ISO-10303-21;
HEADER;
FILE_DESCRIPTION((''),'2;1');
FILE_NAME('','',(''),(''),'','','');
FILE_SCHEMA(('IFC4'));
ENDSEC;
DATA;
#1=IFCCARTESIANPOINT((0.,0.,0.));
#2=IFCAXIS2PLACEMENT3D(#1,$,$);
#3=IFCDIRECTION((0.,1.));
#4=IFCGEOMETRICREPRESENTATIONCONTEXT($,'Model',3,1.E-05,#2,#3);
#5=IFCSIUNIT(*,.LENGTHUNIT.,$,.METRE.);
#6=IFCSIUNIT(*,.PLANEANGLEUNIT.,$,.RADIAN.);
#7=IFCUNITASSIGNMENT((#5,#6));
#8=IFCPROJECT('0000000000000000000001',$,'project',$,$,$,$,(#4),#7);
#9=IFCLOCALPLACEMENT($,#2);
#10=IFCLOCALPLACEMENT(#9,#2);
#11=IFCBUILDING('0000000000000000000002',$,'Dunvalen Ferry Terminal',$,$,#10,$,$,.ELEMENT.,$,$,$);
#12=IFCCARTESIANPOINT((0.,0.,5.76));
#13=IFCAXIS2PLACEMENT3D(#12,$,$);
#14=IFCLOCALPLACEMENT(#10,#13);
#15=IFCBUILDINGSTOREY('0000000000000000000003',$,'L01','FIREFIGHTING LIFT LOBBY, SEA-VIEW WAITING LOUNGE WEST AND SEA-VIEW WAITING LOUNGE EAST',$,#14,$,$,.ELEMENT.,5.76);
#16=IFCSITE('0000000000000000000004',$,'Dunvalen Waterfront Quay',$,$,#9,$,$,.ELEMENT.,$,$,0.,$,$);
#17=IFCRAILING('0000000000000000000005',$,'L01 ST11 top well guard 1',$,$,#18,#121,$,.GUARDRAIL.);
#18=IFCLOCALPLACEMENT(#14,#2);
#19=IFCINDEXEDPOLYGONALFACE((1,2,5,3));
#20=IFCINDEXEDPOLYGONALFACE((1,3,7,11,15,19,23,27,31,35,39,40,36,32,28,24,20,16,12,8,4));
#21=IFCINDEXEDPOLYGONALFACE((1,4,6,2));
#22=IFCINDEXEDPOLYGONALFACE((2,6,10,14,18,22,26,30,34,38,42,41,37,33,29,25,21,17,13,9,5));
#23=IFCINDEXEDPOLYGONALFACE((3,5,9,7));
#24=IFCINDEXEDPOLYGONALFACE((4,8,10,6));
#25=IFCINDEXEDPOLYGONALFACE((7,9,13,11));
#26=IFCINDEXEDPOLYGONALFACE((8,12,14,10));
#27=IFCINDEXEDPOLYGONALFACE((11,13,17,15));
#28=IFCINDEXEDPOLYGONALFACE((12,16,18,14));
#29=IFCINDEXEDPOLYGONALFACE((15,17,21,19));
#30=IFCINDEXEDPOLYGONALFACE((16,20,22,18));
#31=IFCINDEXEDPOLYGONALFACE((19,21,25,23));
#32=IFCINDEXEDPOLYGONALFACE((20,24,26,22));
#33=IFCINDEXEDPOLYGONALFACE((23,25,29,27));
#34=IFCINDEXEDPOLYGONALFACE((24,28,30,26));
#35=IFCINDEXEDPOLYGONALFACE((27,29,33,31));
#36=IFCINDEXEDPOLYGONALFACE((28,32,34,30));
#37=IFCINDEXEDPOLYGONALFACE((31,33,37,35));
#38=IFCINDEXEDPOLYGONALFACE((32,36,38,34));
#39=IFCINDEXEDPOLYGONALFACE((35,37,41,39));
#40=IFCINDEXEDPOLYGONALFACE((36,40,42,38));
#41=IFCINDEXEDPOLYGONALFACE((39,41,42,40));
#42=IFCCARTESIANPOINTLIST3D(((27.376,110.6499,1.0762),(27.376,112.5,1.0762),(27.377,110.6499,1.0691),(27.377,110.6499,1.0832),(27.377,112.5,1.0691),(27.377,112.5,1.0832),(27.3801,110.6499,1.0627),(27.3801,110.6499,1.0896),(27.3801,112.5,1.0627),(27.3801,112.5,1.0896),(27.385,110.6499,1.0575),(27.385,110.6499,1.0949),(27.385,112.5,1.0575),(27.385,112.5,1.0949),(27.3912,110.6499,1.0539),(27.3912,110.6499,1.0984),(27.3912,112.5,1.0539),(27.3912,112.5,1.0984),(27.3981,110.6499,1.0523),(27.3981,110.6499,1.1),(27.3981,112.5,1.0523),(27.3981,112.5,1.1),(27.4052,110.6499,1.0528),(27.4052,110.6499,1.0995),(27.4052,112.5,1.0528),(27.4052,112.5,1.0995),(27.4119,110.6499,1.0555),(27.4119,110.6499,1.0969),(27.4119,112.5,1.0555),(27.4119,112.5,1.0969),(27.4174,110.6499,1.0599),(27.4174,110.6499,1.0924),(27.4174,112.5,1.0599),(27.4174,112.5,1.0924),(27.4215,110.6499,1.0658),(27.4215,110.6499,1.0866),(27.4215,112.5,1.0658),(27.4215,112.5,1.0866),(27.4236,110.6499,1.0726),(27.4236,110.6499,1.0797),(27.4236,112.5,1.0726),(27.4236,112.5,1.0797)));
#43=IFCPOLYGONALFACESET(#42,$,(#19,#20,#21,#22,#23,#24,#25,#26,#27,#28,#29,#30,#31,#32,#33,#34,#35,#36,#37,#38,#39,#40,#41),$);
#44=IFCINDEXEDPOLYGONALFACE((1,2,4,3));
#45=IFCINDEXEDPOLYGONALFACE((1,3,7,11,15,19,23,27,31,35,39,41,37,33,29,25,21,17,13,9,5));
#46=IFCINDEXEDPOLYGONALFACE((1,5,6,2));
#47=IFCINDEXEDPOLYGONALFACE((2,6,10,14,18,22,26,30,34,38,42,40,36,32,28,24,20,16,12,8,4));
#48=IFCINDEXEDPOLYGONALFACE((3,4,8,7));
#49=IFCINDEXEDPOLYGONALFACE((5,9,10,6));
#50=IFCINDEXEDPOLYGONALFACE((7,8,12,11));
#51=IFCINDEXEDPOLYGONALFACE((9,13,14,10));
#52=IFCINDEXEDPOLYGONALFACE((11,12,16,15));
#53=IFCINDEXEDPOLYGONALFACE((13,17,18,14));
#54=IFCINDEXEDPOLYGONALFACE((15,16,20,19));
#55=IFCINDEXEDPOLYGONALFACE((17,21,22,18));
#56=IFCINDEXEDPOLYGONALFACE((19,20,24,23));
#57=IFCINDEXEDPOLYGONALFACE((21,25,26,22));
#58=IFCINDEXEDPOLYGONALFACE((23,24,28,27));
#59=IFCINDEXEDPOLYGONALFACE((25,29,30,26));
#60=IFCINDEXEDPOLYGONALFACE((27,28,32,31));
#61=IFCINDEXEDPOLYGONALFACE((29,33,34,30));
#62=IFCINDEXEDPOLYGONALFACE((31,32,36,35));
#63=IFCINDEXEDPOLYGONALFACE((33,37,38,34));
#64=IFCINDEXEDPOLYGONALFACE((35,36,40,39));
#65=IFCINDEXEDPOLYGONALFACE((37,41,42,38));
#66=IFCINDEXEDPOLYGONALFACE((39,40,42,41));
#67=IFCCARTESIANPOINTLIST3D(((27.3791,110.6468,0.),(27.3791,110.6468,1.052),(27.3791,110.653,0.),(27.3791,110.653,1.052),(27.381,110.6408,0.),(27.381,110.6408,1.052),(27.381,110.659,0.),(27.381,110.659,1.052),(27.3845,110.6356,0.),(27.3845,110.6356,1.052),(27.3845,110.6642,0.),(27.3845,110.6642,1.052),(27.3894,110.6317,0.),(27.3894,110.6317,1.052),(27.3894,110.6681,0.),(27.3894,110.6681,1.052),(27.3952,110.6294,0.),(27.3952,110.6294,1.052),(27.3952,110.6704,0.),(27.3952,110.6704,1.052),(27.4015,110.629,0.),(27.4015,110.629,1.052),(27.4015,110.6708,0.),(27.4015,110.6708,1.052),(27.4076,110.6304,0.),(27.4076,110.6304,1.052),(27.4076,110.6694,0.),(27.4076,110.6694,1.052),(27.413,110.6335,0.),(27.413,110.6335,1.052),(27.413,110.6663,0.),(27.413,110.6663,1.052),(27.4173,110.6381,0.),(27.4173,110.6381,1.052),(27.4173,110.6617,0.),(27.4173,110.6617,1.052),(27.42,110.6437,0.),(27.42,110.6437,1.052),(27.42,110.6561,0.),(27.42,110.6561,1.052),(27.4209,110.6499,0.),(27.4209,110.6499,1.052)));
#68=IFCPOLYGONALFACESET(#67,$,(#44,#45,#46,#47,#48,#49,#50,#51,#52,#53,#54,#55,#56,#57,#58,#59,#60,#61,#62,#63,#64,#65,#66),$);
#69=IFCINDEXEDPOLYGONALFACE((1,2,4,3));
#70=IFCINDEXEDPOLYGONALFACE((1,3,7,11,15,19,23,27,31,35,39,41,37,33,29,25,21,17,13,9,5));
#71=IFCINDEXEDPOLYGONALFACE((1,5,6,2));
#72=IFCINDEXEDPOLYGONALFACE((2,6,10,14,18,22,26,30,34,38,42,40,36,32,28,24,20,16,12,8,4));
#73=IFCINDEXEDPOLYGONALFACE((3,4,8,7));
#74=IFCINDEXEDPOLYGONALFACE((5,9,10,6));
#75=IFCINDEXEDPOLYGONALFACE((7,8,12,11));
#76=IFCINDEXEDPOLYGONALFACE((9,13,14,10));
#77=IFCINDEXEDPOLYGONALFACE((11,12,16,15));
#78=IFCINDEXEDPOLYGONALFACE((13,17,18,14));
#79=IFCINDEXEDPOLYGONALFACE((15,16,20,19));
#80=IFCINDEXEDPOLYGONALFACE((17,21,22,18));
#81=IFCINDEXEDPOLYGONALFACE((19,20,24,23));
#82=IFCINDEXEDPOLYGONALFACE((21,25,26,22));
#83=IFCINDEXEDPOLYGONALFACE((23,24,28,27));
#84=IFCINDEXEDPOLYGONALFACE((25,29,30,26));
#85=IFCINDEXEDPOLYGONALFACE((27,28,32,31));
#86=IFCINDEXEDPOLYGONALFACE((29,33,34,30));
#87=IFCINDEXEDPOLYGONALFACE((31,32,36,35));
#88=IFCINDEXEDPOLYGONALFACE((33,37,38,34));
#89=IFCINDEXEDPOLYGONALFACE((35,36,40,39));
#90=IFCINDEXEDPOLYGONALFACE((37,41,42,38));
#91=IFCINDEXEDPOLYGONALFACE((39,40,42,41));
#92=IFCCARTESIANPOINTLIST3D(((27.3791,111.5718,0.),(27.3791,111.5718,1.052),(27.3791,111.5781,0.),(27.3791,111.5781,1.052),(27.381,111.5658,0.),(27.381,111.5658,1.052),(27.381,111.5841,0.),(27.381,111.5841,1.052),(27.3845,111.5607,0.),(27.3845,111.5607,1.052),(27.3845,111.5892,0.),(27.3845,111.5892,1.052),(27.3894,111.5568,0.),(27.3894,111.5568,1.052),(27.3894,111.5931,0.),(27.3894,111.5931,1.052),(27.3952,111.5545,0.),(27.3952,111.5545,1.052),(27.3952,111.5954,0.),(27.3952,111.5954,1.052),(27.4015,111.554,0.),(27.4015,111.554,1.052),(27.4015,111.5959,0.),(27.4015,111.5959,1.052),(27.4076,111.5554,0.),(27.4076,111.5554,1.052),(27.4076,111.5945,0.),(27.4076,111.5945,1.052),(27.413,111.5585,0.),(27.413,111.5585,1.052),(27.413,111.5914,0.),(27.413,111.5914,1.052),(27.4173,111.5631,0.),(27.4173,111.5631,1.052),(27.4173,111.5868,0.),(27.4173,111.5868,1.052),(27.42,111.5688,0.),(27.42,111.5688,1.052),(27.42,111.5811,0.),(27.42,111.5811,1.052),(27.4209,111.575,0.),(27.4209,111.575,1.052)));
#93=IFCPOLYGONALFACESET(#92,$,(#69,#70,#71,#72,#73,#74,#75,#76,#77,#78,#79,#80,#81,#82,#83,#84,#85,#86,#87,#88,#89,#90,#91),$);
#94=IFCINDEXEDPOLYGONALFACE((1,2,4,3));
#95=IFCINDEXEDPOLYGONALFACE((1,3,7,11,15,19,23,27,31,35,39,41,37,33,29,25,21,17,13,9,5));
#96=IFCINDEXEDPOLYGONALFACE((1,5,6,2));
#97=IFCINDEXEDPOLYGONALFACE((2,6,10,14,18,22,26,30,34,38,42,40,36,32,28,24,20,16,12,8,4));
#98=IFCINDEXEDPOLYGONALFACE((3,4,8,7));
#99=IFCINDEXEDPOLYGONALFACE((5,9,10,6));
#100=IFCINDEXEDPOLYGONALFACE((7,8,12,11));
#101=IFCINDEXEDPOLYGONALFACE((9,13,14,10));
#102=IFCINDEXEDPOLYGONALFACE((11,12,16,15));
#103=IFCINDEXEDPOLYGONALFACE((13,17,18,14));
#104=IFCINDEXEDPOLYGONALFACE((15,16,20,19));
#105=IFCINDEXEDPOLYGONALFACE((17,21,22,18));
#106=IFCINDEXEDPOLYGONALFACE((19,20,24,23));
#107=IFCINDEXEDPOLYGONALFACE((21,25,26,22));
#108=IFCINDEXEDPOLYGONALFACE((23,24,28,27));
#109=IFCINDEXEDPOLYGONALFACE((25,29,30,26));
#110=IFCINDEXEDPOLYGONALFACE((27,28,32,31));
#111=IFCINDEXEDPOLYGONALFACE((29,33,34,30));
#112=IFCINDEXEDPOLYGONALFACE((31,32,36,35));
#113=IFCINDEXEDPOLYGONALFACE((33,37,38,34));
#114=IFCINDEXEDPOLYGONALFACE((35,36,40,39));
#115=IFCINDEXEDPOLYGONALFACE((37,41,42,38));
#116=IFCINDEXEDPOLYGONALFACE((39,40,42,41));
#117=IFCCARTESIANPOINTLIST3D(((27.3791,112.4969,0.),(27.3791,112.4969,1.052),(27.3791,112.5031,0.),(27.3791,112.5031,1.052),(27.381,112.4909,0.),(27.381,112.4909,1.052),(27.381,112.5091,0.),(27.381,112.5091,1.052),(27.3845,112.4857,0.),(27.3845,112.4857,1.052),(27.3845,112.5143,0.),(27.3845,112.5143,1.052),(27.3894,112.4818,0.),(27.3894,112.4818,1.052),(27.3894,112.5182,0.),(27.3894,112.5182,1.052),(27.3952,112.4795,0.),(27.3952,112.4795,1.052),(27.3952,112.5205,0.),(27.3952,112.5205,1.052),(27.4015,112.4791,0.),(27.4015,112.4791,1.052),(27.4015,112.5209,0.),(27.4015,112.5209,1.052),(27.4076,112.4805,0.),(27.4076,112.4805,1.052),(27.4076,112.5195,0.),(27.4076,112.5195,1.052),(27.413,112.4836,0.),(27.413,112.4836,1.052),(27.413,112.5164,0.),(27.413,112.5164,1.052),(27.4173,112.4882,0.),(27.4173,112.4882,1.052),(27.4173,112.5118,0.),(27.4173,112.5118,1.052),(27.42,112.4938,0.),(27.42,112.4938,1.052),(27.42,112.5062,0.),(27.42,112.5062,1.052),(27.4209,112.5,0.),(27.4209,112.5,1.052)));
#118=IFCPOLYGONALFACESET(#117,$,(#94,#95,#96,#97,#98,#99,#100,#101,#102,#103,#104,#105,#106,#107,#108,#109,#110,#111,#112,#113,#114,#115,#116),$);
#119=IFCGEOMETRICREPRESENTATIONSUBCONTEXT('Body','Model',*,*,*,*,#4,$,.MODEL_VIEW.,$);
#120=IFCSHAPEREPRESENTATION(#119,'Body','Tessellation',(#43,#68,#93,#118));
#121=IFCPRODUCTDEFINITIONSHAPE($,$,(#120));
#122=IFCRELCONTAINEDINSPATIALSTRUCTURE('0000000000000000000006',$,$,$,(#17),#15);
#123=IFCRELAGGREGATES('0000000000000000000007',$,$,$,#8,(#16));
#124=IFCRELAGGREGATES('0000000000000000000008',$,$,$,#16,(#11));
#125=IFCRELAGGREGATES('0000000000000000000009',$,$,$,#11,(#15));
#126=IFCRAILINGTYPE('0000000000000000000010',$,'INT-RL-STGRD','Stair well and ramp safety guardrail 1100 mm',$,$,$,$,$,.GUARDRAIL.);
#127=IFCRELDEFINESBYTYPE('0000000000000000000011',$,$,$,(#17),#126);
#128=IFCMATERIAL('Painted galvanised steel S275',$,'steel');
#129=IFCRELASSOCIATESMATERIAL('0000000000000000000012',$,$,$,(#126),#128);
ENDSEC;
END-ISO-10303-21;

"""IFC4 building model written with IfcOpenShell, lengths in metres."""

from ifc_helpers import new_model, si_unit, direction, frame, origin, origin_2d, place, context, subcontext, project, spatial, circle, extrude, material, type_object, element, save


model = new_model("IFC4")

# Units and contexts
model_context = context("Model", 3, precision=1e-05, world=origin(), true_north=direction((0.0, 1.0)))
body_context = subcontext(model_context, "Body", "Model", "MODEL_VIEW")
ifc_project = project(units=[si_unit("LENGTHUNIT", "METRE"), si_unit("PLANEANGLEUNIT", "RADIAN")], contexts=[model_context])

# Site, building, storey
site_placement = place(None, origin())
site = spatial("IfcSite", under=ifc_project, at=site_placement, Name="Dunvalen Waterfront Quay", CompositionType="ELEMENT", RefElevation=0.0)
building_placement = place(site_placement, origin())
building = spatial("IfcBuilding", under=site, at=building_placement, Name="Dunvalen Ferry Terminal", CompositionType="ELEMENT")
storey_placement = place(building_placement, frame((0.0, 0.0, 5.76)))
storey = spatial("IfcBuildingStorey", under=building, at=storey_placement, Name="L01", Description="FIREFIGHTING LIFT LOBBY, SEA-VIEW WAITING LOUNGE WEST AND SEA-VIEW WAITING LOUNGE EAST", CompositionType="ELEMENT", Elevation=5.76)

# Railing
ifc_material_1 = material(Name="Painted galvanised steel S275", Category="steel")
railing_type = type_object("IfcRailingType", Name="INT-RL-STGRD", Description="Stair well and ramp safety guardrail 1100 mm", PredefinedType="GUARDRAIL", material=ifc_material_1)
railing_placement = place(storey_placement, frame((27.3999, 110.6499, 0.0)))
element("IfcRailing", 1, at=railing_placement, inside=storey, type_object=railing_type, Name="L01 ST11 top well guard 1", PredefinedType="GUARDRAIL", context=body_context, shape_type="SweptSolid", body=[
    extrude(circle(Radius=0.0239, at=origin_2d()), frame((0.0, 0.0, 1.0762), z_axis=(0.0, 1.0, 0.0), x_axis=(-1.0, 0.0, 0.0)), (0.0, 0.0, 1.0), 1.8501),
    extrude(circle(Radius=0.021, at=origin_2d()), origin(), (0.0, 0.0, 1.0), 1.052),
    extrude(circle(Radius=0.021, at=origin_2d()), frame((0.0, 0.925, 0.0)), (0.0, 0.0, 1.0), 1.052),
    extrude(circle(Radius=0.021, at=origin_2d()), frame((0.0, 1.8501, 0.0)), (0.0, 0.0, 1.0), 1.052),
])

save(model, "model.ifc")
